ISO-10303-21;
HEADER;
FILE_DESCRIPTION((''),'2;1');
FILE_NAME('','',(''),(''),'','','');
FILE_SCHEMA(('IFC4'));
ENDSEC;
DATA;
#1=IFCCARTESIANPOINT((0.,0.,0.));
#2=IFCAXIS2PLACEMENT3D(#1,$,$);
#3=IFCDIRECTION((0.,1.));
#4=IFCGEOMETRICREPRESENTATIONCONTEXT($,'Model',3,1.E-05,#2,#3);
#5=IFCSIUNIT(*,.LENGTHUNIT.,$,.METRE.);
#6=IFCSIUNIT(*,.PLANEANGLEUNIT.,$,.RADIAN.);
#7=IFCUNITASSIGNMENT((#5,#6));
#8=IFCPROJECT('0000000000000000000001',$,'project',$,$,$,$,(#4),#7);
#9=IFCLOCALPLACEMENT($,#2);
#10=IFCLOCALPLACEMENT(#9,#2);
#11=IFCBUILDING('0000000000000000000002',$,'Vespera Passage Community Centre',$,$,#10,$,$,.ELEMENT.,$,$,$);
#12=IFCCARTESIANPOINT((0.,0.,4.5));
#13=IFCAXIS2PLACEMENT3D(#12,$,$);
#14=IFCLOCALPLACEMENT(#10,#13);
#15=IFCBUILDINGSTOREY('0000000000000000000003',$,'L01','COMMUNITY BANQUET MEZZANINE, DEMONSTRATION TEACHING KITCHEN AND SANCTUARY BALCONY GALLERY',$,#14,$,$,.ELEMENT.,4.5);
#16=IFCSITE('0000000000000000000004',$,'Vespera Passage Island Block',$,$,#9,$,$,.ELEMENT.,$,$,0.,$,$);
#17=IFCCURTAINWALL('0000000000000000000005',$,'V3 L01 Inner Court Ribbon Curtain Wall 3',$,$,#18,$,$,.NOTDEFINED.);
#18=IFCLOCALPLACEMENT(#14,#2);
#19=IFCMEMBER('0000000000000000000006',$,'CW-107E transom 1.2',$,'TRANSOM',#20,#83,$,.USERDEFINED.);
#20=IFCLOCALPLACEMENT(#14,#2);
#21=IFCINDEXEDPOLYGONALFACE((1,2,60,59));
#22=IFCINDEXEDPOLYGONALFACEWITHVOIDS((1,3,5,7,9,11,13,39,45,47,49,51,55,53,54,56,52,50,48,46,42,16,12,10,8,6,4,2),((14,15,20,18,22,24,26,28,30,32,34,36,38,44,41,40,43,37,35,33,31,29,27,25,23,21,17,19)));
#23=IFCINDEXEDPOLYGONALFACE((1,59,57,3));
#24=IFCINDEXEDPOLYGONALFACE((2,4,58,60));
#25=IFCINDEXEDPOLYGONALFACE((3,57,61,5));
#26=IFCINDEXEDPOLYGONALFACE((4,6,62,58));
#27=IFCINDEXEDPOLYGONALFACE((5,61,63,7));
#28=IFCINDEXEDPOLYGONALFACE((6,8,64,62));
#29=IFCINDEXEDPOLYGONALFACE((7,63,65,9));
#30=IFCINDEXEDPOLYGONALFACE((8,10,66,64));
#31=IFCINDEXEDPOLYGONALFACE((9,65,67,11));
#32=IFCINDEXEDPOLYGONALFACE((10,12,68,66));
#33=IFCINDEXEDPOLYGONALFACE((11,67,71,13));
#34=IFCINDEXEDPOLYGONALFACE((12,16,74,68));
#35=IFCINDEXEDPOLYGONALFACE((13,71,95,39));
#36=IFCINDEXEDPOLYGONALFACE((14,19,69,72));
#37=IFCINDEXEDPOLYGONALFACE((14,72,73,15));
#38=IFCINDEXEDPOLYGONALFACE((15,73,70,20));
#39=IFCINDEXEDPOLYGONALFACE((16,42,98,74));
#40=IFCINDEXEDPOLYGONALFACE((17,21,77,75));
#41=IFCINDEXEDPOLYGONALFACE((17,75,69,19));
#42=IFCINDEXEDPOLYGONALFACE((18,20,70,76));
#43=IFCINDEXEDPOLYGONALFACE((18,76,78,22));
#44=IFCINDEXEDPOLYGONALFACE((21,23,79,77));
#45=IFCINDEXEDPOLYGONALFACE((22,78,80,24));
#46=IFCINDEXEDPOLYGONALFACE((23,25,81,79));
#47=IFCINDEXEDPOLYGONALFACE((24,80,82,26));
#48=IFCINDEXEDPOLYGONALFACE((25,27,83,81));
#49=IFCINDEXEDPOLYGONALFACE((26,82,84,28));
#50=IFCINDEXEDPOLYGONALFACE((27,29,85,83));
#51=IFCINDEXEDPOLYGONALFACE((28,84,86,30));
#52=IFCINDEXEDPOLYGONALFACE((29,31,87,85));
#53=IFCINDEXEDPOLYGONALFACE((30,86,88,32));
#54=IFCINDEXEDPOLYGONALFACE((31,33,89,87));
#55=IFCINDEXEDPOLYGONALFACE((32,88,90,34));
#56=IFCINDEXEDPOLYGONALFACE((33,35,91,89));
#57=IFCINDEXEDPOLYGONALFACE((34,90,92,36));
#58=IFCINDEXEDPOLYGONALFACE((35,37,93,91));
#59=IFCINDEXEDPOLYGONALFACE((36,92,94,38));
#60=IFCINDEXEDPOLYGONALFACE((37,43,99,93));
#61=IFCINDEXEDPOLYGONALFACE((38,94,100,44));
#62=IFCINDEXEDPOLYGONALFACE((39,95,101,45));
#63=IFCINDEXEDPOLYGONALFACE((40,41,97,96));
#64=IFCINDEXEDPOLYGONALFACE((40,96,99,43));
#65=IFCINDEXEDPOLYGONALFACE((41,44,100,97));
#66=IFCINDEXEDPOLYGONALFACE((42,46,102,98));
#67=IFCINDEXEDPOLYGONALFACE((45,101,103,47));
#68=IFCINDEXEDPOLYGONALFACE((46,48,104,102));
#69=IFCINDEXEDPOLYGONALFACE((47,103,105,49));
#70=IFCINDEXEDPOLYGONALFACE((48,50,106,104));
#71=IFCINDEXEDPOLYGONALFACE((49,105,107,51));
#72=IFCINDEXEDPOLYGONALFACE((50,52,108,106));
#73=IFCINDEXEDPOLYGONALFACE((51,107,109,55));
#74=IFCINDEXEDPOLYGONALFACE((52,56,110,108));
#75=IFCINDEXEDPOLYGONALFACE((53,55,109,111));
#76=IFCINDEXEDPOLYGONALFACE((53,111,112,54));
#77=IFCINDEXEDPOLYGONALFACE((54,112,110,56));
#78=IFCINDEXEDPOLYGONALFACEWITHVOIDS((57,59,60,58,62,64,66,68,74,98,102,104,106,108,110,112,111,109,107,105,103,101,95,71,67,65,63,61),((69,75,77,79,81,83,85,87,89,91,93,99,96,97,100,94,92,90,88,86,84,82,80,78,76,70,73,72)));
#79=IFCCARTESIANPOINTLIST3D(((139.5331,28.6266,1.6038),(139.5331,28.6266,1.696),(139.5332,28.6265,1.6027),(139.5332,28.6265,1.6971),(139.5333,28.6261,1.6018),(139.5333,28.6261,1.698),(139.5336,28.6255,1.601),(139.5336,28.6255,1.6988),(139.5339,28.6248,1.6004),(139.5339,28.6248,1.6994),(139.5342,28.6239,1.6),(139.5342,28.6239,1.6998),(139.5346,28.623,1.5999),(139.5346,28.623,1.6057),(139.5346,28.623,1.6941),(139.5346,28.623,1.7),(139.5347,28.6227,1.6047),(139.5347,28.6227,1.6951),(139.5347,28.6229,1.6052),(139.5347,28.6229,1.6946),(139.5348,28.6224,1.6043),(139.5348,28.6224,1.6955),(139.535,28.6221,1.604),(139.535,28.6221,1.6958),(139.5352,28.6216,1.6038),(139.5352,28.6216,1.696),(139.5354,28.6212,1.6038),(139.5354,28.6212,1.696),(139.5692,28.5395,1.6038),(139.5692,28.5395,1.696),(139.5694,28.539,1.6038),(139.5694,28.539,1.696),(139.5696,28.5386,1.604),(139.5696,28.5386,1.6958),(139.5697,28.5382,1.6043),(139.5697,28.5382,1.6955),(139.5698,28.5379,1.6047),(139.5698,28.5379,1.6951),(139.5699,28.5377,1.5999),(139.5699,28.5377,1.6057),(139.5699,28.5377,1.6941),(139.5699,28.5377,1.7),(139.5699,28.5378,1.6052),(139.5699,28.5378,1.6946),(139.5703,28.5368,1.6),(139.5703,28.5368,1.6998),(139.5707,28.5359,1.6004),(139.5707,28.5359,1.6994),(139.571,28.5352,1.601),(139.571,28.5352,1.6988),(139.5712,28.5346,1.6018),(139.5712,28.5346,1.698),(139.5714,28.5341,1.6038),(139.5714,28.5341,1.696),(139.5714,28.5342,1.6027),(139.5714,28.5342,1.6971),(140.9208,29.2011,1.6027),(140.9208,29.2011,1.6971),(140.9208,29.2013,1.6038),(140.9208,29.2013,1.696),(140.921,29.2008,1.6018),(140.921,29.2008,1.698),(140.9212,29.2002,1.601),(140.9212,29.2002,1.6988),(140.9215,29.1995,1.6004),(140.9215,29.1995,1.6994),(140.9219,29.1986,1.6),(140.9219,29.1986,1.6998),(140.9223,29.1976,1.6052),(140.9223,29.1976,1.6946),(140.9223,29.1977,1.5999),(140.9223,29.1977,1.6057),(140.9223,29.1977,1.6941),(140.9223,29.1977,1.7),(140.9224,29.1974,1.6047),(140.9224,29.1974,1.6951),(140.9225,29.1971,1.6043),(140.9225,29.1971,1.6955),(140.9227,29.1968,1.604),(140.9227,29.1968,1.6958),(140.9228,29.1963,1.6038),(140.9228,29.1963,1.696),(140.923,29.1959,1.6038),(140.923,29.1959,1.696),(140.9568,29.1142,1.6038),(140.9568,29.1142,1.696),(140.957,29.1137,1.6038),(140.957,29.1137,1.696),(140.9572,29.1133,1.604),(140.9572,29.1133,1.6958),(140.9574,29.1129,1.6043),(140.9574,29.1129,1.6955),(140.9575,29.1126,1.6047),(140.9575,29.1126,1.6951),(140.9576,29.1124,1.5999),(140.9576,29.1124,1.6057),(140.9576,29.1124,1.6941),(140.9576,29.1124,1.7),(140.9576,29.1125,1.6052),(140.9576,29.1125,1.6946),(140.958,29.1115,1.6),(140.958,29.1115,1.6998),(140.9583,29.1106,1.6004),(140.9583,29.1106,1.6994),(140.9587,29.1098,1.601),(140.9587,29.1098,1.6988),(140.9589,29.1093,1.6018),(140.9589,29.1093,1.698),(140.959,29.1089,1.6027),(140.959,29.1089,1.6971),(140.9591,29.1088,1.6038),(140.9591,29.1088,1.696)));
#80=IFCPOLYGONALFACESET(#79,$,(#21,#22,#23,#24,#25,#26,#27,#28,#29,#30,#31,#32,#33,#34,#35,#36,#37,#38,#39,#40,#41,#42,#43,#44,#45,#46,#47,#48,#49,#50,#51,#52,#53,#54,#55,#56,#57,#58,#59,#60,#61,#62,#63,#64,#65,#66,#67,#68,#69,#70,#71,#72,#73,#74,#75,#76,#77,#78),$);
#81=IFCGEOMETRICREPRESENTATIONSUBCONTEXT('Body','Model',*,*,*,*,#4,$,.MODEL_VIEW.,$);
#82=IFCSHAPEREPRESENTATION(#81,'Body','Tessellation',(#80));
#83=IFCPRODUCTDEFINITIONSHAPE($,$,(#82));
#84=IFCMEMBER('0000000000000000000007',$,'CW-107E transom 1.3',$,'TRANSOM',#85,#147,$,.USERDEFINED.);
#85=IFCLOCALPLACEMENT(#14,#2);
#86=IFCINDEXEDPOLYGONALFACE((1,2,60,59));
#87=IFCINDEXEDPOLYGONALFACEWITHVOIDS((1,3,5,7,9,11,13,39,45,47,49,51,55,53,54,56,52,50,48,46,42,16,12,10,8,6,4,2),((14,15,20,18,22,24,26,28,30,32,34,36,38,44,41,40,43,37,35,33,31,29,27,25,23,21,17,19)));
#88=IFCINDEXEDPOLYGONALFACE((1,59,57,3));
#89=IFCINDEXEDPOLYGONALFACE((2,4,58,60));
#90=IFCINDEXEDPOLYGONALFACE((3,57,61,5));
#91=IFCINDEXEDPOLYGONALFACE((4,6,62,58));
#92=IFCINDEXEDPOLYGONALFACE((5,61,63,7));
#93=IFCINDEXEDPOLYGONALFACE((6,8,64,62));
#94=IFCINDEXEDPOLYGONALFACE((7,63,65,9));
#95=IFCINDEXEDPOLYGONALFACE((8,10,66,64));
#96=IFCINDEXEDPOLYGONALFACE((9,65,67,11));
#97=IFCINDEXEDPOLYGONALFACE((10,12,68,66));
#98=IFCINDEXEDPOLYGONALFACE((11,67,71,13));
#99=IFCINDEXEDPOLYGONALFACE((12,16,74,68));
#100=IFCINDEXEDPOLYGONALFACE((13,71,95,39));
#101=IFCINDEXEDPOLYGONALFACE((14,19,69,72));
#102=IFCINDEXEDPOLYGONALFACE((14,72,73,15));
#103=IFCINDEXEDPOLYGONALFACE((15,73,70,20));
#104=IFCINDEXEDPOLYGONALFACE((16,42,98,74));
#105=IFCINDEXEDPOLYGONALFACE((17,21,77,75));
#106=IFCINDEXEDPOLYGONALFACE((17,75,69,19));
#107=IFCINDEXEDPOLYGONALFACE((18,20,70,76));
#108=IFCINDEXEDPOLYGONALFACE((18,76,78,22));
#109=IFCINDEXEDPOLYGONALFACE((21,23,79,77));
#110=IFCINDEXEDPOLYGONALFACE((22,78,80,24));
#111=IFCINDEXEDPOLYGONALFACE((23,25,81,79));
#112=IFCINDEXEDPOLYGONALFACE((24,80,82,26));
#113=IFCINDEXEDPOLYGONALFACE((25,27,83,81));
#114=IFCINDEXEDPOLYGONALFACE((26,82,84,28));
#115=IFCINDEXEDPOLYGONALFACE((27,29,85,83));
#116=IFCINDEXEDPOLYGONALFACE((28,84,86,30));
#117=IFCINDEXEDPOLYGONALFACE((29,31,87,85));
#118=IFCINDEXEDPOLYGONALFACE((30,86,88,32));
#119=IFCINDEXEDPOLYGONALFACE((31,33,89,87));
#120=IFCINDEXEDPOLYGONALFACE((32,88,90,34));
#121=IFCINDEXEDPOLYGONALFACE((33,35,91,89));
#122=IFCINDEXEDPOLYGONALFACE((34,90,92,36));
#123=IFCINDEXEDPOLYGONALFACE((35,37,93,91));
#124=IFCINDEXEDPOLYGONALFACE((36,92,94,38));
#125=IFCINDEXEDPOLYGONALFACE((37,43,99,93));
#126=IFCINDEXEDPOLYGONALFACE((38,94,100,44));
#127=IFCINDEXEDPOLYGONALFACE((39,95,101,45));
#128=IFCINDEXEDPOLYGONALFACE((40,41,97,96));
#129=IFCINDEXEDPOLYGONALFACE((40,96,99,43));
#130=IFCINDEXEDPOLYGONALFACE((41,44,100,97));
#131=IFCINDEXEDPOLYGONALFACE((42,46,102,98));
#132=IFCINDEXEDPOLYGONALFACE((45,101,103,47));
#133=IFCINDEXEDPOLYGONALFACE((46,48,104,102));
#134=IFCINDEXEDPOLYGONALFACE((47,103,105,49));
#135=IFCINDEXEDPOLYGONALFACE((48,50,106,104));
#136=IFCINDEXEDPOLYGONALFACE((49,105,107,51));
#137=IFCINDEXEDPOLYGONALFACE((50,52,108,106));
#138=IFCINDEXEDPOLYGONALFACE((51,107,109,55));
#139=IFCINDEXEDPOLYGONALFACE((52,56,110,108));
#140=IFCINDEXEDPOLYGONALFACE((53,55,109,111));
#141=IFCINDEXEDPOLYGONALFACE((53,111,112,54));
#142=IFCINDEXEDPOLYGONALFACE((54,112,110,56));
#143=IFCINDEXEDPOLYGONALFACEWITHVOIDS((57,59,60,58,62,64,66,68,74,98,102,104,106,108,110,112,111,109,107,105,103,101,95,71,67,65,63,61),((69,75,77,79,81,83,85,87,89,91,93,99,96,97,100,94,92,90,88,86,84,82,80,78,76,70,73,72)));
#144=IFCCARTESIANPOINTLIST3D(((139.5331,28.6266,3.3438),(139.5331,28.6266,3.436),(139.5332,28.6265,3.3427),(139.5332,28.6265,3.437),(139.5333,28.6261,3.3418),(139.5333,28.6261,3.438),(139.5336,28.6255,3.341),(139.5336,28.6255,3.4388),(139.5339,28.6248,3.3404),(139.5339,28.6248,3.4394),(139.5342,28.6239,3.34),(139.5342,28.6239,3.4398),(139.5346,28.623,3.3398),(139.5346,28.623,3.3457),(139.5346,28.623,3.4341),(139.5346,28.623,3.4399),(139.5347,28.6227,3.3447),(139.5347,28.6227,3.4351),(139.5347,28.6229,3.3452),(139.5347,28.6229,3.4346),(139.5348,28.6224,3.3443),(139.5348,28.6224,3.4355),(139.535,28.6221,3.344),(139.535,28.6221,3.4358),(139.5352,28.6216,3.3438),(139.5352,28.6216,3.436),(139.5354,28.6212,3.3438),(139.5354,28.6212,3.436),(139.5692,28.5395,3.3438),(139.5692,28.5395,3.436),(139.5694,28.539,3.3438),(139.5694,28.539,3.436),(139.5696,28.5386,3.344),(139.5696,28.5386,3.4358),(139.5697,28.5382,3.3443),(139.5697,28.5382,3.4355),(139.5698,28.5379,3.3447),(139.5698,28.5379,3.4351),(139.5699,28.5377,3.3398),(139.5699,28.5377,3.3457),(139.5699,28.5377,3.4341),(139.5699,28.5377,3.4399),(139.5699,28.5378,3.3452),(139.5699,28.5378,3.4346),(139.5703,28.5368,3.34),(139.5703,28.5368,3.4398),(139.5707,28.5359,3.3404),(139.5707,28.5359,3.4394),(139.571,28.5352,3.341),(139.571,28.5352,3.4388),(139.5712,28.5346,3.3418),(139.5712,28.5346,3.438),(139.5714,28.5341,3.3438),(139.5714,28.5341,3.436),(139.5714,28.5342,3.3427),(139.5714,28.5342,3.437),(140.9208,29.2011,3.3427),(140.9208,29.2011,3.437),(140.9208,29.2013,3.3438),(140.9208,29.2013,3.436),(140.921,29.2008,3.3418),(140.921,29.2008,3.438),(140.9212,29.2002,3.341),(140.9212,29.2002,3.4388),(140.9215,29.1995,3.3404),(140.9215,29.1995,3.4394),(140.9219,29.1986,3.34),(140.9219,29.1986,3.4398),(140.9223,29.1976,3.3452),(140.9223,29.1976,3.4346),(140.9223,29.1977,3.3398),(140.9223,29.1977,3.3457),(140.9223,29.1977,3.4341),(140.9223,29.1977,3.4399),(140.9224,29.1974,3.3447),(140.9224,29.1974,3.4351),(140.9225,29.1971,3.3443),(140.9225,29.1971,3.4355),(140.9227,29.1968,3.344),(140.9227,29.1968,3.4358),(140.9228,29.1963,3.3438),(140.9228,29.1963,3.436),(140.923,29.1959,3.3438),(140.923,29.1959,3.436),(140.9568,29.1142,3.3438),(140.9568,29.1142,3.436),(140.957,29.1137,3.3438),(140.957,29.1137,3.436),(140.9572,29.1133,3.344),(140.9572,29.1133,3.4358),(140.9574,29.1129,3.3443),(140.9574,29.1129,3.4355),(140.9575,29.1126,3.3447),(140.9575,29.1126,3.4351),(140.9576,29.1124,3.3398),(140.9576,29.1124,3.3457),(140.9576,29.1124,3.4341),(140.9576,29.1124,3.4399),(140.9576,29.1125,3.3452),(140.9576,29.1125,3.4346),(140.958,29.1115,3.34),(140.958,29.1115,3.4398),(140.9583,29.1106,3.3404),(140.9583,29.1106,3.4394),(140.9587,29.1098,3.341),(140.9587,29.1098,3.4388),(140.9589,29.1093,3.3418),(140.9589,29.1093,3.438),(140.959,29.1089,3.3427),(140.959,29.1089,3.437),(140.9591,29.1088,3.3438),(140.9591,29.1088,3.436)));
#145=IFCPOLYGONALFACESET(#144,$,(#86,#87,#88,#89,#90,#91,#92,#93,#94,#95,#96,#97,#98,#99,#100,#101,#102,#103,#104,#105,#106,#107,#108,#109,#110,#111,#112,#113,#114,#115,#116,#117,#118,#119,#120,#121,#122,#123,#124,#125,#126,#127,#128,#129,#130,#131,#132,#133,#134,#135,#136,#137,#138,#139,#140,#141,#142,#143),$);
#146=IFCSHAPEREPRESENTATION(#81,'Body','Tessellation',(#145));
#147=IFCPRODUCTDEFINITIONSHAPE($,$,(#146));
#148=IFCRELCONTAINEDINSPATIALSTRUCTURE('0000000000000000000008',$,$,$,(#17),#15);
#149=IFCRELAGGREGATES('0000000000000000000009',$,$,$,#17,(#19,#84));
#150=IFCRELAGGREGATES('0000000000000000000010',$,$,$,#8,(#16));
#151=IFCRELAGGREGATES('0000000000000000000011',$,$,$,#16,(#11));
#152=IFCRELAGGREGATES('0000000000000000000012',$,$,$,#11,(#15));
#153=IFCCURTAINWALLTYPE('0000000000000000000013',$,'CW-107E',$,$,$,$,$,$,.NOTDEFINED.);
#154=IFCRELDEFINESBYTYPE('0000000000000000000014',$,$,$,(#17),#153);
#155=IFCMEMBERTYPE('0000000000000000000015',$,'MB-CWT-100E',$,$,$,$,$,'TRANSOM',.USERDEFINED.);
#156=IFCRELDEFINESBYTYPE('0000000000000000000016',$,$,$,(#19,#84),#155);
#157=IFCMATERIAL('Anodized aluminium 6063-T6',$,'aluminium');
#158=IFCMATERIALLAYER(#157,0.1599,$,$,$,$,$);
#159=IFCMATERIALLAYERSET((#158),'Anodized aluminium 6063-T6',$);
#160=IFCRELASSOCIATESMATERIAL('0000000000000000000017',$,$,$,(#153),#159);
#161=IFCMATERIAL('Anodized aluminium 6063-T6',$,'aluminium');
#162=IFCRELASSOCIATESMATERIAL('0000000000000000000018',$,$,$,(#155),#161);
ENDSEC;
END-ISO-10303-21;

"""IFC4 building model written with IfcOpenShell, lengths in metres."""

from ifc_helpers import new_model, si_unit, direction, frame, origin, origin_2d, place, context, subcontext, project, spatial, hollow_rectangle, extrude, material, layer, layer_set, material_profile, profile_set, type_object, element, aggregate, save


model = new_model("IFC4")

# Units and contexts
model_context = context("Model", 3, precision=1e-05, world=origin(), true_north=direction((0.0, 1.0)))
body_context = subcontext(model_context, "Body", "Model", "MODEL_VIEW")
ifc_project = project(units=[si_unit("LENGTHUNIT", "METRE"), si_unit("PLANEANGLEUNIT", "RADIAN")], contexts=[model_context])

# Site, building, storey
site_placement = place(None, origin())
site = spatial("IfcSite", under=ifc_project, at=site_placement, Name="Vespera Passage Island Block", CompositionType="ELEMENT", RefElevation=0.0)
building_placement = place(site_placement, origin())
building = spatial("IfcBuilding", under=site, at=building_placement, Name="Vespera Passage Community Centre", CompositionType="ELEMENT")
storey_placement = place(building_placement, frame((0.0, 0.0, 4.5)))
storey = spatial("IfcBuildingStorey", under=building, at=storey_placement, Name="L01", Description="COMMUNITY BANQUET MEZZANINE, DEMONSTRATION TEACHING KITCHEN AND SANCTUARY BALCONY GALLERY", CompositionType="ELEMENT", Elevation=4.5)

# Curtain wall
ifc_material_1 = material(Name="Anodized aluminium 6063-T6", Category="aluminium")
ifc_layer_1 = layer(ifc_material_1, 0.1599)
ifc_layer_set_1 = layer_set([ifc_layer_1], Name="Anodized aluminium 6063-T6")
curtain_wall_type = type_object("IfcCurtainWallType", Name="CW-107E", PredefinedType="NOTDEFINED", material=ifc_layer_set_1)
curtain_wall_1_placement = place(storey_placement, origin())
curtain_wall_1 = element("IfcCurtainWall", 1, at=curtain_wall_1_placement, inside=storey, type_object=curtain_wall_type, Name="V3 L01 Inner Court Ribbon Curtain Wall 3", PredefinedType="NOTDEFINED")

# Members
ifc_material_2 = material(Name="Anodized aluminium 6063-T6", Category="aluminium")
ifc_material_profile_1 = material_profile(ifc_material_2, hollow_rectangle(XDim=0.1001, YDim=0.1001, WallThickness=0.0039, InnerFilletRadius=0.002, OuterFilletRadius=0.0039, at=origin_2d()), Name="ALU100X100X4")
ifc_profile_set_1 = profile_set([ifc_material_profile_1], Name="Anodized aluminium 6063-T6")
member_type_1 = type_object("IfcMemberType", Name="MB-CWT-100E", ElementType="TRANSOM", PredefinedType="USERDEFINED", material=ifc_profile_set_1)
member_1_placement = place(storey_placement, frame((140.9399, 29.155, 1.6499), z_axis=(-0.923902, -0.382629, 0.0), x_axis=(0.382629, -0.923902, 0.0)))
member_1 = element("IfcMember", 2, at=member_1_placement, type_object=member_type_1, Name="CW-107E transom 1.2", ObjectType="TRANSOM", PredefinedType="USERDEFINED", context=body_context, shape_type="SweptSolid", body=[
    extrude(hollow_rectangle(XDim=0.1001, YDim=0.1001, WallThickness=0.0039, InnerFilletRadius=0.002, OuterFilletRadius=0.0039, at=origin_2d()), origin(), (0.0, 0.0, 1.0), 1.502),
])
member_2_placement = place(storey_placement, frame((140.9399, 29.155, 3.3899), z_axis=(-0.923902, -0.382629, 0.0), x_axis=(0.382629, -0.923902, 0.0)))
member_2 = element("IfcMember", 3, at=member_2_placement, type_object=member_type_1, Name="CW-107E transom 1.3", ObjectType="TRANSOM", PredefinedType="USERDEFINED", context=body_context, shape_type="SweptSolid", body=[
    extrude(hollow_rectangle(XDim=0.1001, YDim=0.1001, WallThickness=0.0039, InnerFilletRadius=0.002, OuterFilletRadius=0.0039, at=origin_2d()), origin(), (0.0, 0.0, 1.0), 1.502),
])

aggregate(curtain_wall_1, [member_1, member_2])

save(model, "model.ifc")
